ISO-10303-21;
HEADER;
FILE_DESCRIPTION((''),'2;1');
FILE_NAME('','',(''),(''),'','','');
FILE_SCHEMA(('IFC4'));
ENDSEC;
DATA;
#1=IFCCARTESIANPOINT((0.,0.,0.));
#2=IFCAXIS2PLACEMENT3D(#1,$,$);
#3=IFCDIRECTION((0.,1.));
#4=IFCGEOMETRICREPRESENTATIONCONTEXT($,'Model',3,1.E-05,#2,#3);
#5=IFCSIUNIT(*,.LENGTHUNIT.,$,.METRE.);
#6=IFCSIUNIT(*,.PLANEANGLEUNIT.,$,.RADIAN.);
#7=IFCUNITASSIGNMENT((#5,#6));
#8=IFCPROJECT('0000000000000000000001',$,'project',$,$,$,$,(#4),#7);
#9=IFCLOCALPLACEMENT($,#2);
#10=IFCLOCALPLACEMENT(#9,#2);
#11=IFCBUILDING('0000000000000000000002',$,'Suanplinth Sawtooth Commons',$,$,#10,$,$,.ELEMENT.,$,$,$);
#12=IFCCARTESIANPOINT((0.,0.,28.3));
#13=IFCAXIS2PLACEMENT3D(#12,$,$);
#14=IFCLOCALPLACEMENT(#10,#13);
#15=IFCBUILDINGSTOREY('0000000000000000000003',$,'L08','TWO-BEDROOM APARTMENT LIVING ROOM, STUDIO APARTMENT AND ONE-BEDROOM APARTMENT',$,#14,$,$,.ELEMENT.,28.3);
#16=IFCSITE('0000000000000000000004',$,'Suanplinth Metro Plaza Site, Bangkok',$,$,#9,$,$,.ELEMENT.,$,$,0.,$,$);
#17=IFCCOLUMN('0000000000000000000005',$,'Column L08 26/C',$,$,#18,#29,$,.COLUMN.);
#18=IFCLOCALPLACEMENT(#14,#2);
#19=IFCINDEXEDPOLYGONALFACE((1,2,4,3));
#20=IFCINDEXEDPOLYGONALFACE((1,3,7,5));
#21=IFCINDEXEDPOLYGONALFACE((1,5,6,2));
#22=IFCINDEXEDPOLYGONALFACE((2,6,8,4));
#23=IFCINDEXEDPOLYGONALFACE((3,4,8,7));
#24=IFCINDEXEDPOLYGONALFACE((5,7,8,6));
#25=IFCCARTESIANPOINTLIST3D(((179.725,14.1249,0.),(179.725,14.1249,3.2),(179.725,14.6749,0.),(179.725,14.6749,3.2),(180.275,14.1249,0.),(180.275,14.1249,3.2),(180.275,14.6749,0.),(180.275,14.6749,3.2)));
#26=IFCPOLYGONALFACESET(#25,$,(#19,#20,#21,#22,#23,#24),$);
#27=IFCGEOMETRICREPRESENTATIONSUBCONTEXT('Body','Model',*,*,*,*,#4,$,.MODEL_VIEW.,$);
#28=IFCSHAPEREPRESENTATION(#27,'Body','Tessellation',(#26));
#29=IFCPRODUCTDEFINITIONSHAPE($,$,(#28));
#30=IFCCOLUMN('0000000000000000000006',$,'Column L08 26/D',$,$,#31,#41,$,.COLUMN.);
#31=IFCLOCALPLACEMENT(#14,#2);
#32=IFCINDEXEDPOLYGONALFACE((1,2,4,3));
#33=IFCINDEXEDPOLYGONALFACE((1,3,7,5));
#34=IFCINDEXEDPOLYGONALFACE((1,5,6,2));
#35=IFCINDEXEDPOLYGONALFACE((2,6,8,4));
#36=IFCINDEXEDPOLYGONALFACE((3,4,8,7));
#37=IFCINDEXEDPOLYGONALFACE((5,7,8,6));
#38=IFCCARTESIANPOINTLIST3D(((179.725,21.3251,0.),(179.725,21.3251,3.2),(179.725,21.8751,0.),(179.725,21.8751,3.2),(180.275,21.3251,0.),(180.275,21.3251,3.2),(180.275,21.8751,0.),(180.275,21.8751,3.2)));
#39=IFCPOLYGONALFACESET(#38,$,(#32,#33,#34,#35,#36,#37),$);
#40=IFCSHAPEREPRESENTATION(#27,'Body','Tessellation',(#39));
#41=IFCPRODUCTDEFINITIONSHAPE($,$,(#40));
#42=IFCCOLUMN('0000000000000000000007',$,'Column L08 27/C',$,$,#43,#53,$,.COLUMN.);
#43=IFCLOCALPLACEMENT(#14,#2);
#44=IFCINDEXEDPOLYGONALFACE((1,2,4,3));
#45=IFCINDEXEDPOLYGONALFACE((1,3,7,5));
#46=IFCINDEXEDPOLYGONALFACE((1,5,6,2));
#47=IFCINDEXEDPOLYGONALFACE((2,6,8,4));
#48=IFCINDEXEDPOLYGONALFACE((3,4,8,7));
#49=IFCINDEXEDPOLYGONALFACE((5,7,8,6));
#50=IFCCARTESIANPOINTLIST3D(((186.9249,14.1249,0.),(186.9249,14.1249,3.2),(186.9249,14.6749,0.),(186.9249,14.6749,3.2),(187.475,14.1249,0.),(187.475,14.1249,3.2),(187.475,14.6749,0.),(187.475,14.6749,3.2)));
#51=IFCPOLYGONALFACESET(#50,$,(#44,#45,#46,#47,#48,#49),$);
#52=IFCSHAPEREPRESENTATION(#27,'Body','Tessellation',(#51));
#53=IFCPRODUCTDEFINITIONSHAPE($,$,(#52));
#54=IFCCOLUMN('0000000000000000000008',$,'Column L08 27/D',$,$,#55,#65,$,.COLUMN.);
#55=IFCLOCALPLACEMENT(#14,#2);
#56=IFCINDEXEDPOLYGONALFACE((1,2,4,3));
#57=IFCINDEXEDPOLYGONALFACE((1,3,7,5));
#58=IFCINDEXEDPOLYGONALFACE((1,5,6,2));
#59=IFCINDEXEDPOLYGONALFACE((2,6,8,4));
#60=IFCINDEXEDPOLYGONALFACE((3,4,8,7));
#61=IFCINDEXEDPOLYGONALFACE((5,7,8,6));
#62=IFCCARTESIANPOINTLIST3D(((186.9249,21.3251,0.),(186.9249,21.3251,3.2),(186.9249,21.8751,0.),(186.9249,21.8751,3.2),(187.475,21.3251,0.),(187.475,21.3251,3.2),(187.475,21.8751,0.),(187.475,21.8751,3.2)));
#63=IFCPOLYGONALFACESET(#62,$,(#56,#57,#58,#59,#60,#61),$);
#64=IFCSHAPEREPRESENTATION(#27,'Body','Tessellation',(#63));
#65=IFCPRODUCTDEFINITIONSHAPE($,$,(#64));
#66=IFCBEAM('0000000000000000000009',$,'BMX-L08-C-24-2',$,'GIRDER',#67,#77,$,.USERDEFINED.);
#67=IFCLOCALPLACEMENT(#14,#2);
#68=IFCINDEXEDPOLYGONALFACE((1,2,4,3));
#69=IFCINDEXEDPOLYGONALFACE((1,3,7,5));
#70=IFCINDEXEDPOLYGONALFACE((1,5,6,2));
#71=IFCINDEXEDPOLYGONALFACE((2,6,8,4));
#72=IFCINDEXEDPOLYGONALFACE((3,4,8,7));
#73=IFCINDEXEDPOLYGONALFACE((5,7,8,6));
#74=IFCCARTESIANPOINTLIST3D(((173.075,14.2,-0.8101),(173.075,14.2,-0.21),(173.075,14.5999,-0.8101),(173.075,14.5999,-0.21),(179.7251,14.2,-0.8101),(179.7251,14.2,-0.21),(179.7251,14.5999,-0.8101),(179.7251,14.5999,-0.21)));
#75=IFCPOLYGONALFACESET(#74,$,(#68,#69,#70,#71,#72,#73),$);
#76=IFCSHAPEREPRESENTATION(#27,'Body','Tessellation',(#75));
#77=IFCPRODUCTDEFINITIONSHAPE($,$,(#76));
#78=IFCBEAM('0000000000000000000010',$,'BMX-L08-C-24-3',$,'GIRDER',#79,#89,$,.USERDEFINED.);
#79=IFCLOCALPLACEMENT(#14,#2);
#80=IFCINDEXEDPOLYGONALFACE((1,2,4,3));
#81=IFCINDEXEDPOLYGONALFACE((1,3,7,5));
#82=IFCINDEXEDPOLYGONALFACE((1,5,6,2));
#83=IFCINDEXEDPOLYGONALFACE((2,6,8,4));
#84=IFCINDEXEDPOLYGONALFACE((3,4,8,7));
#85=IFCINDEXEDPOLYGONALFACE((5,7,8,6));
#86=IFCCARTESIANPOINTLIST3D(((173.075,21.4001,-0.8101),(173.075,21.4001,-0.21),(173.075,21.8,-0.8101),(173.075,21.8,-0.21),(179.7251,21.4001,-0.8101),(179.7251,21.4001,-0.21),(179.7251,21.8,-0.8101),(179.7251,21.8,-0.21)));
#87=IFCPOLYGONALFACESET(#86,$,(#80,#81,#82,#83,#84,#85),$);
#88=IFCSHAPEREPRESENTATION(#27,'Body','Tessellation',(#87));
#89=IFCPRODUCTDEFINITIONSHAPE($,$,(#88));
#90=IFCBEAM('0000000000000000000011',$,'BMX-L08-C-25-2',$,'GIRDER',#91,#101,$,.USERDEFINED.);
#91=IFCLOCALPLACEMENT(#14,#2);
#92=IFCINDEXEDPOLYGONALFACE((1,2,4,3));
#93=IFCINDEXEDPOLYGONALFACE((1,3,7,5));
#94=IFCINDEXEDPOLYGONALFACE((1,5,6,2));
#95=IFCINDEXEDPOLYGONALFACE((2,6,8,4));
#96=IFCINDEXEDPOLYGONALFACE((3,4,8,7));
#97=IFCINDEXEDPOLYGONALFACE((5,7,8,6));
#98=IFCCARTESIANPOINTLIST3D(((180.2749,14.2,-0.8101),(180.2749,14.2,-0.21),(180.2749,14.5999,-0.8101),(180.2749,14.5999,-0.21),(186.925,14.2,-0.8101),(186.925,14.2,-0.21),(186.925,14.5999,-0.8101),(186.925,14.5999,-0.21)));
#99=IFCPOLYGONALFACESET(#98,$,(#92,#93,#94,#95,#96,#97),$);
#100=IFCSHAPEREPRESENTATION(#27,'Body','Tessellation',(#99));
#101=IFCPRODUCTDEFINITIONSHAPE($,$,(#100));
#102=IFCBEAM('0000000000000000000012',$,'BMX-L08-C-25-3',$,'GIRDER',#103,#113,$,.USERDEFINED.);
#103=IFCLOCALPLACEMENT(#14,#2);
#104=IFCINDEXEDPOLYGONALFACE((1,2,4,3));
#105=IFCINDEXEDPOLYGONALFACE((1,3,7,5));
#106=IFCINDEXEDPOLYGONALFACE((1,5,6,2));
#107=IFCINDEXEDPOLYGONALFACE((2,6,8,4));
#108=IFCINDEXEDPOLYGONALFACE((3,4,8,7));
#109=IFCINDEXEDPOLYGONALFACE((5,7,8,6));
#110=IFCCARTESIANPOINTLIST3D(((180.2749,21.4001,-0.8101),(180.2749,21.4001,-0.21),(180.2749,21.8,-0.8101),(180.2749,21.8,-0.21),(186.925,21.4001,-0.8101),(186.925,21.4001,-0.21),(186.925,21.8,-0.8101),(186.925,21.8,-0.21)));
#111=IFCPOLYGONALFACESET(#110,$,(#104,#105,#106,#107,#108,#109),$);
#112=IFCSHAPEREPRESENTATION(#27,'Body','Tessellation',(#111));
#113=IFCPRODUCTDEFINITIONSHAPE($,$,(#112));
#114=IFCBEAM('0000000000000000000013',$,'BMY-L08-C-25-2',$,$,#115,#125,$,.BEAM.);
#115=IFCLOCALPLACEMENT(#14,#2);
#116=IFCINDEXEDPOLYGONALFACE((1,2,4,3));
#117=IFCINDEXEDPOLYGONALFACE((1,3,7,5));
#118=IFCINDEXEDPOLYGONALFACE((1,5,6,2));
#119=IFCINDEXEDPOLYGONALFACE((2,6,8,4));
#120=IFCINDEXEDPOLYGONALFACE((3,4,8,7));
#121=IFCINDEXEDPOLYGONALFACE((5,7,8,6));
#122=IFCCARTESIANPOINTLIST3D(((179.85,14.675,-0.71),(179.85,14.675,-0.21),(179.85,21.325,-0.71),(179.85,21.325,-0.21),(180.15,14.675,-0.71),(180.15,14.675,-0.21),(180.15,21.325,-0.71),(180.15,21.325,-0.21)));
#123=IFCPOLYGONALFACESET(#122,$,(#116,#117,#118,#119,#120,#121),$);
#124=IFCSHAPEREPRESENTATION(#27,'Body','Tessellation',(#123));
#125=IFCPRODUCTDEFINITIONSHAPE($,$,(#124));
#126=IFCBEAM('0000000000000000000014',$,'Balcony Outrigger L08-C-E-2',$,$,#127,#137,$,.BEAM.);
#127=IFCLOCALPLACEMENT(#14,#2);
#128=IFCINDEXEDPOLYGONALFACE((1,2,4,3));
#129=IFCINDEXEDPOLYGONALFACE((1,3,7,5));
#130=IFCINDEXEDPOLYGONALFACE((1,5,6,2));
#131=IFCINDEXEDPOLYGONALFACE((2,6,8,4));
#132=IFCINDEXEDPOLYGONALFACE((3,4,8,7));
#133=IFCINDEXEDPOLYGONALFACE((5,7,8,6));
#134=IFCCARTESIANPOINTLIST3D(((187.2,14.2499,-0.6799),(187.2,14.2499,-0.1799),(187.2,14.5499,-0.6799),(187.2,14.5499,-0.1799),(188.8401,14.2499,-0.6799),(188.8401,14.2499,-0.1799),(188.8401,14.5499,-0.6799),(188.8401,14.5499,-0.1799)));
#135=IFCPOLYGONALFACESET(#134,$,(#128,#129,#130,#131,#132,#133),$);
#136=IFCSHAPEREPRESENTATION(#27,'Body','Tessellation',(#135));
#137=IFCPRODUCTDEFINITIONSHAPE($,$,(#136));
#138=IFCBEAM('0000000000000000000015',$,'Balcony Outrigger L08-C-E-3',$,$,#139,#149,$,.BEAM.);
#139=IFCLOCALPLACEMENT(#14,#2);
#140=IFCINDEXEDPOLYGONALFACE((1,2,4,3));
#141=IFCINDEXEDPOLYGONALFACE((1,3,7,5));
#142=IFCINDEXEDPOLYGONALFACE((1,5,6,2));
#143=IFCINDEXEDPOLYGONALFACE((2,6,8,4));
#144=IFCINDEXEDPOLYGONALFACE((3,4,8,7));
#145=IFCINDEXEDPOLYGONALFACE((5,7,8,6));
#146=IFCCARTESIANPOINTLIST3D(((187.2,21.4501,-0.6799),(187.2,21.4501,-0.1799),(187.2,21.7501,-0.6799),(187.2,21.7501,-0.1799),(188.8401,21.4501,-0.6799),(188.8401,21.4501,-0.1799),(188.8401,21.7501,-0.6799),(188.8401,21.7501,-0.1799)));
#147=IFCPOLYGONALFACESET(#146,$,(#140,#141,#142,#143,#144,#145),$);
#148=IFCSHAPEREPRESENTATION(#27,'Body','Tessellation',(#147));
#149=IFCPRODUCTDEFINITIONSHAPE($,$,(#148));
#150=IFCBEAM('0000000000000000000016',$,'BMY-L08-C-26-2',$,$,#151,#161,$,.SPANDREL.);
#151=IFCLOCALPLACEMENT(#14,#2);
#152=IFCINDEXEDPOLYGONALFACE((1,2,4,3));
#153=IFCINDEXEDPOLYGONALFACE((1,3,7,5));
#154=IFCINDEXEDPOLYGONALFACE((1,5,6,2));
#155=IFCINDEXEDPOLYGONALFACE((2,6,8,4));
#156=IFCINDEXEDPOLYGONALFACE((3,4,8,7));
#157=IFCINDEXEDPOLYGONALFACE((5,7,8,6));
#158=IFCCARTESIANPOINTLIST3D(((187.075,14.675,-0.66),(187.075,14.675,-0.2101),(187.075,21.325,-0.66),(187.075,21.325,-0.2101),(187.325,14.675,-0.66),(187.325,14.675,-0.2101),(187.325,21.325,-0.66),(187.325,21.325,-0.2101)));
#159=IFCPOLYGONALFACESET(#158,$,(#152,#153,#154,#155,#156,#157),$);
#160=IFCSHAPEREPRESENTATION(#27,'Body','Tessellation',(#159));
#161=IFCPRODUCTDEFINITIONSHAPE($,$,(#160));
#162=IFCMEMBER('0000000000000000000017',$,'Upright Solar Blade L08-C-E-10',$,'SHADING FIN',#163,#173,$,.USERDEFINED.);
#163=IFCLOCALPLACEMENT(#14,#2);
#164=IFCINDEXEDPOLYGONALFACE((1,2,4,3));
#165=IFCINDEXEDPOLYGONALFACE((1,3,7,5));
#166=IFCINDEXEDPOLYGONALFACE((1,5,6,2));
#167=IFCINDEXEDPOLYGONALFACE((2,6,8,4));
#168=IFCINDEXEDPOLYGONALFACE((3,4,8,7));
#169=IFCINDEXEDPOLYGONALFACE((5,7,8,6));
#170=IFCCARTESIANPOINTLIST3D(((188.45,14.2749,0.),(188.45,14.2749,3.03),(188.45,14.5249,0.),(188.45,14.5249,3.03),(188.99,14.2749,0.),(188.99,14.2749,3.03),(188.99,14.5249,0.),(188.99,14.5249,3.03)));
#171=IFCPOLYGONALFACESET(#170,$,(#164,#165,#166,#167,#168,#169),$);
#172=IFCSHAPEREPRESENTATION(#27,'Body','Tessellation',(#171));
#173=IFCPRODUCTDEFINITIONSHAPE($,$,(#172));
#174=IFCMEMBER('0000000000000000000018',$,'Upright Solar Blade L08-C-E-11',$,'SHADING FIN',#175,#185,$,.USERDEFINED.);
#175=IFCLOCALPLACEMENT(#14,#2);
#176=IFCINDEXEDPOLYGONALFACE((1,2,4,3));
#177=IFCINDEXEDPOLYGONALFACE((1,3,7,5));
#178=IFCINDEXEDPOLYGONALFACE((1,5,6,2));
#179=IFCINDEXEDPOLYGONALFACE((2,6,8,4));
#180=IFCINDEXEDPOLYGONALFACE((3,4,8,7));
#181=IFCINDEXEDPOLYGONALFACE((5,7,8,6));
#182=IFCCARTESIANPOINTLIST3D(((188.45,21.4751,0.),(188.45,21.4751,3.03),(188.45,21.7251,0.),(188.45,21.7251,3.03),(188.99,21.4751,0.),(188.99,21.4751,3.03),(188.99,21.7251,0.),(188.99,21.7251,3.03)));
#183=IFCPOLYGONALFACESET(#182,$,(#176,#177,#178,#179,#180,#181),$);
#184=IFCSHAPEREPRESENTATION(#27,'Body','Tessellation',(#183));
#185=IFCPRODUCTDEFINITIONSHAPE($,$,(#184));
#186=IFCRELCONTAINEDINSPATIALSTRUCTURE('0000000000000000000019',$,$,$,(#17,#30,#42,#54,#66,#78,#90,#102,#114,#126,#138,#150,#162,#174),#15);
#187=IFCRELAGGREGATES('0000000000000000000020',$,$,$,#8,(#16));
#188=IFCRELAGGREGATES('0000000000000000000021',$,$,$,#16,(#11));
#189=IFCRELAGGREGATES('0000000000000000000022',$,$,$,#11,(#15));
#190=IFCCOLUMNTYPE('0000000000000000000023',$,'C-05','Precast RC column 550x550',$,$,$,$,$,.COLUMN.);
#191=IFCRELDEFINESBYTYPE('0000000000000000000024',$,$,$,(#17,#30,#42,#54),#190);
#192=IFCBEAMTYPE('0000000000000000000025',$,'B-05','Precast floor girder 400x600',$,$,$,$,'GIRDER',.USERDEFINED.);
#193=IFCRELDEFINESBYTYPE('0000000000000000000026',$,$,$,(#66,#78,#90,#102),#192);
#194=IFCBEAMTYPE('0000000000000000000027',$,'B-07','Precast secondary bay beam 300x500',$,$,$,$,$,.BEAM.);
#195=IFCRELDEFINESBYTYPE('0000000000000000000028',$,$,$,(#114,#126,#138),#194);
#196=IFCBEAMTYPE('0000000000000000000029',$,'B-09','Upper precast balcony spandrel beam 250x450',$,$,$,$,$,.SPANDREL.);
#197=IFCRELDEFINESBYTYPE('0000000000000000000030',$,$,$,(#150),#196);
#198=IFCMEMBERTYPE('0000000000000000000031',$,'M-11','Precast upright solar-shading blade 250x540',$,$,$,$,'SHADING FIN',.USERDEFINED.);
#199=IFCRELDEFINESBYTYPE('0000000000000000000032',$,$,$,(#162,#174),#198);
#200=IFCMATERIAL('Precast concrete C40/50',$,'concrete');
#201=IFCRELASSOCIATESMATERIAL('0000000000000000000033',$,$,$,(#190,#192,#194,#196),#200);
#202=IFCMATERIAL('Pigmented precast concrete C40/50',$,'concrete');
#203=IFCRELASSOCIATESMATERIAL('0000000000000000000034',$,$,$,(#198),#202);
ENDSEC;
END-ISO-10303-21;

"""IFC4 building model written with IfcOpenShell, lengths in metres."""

from ifc_helpers import new_model, si_unit, direction, frame, origin, origin_2d, place, context, subcontext, project, spatial, rectangle, extrude, material, material_profile, profile_set, type_object, element, save


model = new_model("IFC4")

# Units and contexts
model_context = context("Model", 3, precision=1e-05, world=origin(), true_north=direction((0.0, 1.0)))
body_context = subcontext(model_context, "Body", "Model", "MODEL_VIEW")
ifc_project = project(units=[si_unit("LENGTHUNIT", "METRE"), si_unit("PLANEANGLEUNIT", "RADIAN")], contexts=[model_context])

# Site, building, storey
site_placement = place(None, origin())
site = spatial("IfcSite", under=ifc_project, at=site_placement, Name="Suanplinth Metro Plaza Site, Bangkok", CompositionType="ELEMENT", RefElevation=0.0)
building_placement = place(site_placement, origin())
building = spatial("IfcBuilding", under=site, at=building_placement, Name="Suanplinth Sawtooth Commons", CompositionType="ELEMENT")
storey_placement = place(building_placement, frame((0.0, 0.0, 28.3)))
storey = spatial("IfcBuildingStorey", under=building, at=storey_placement, Name="L08", Description="TWO-BEDROOM APARTMENT LIVING ROOM, STUDIO APARTMENT AND ONE-BEDROOM APARTMENT", CompositionType="ELEMENT", Elevation=28.3)

# Columns
ifc_material_1 = material(Name="Precast concrete C40/50", Category="concrete")
ifc_material_profile_1 = material_profile(ifc_material_1, rectangle(XDim=0.55, YDim=0.55, at=origin_2d()), Name="PC-COL 550x550")
ifc_profile_set_1 = profile_set([ifc_material_profile_1], Name="Precast concrete C40/50")
column_type = type_object("IfcColumnType", Name="C-05", Description="Precast RC column 550x550", PredefinedType="COLUMN", material=ifc_profile_set_1)
for number, where, z_axis, x_axis, name in (
    (1, (180.0, 14.3999, 0.0), (0.0, 0.0, 1.0), (1.0, 0.0, 0.0), "Column L08 26/C"),
    (2, (180.0, 21.6001, 0.0), (0.0, 0.0, 1.0), (1.0, 0.0, 0.0), "Column L08 26/D"),
    (3, (187.2, 14.3999, 0.0), (0.0, 0.0, 1.0), (1.0, 0.0, 0.0), "Column L08 27/C"),
    (4, (187.2, 21.6001, 0.0), (0.0, 0.0, 1.0), (1.0, 0.0, 0.0), "Column L08 27/D"),
):
    element("IfcColumn", number, at=place(storey_placement, frame(where, z_axis=z_axis, x_axis=x_axis)), inside=storey, type_object=column_type, Name=name, PredefinedType="COLUMN", context=body_context, shape_type="SweptSolid", body=[
        extrude(rectangle(XDim=0.55, YDim=0.55, at=origin_2d()), origin(), (0.0, 0.0, 1.0), 3.2),
    ])

# Beams
ifc_material_profile_2 = material_profile(ifc_material_1, rectangle(XDim=0.3999, YDim=0.6001, at=origin_2d()), Name="PC-GDR 400x600")
ifc_profile_set_2 = profile_set([ifc_material_profile_2], Name="Precast concrete C40/50")
beam_type_1 = type_object("IfcBeamType", Name="B-05", Description="Precast floor girder 400x600", ElementType="GIRDER", PredefinedType="USERDEFINED", material=ifc_profile_set_2)
for number, where, z_axis, x_axis, name in (
    (5, (173.075, 14.3999, -0.51), (1.0, 0.0, 0.0), (0.0, 1.0, 0.0), "BMX-L08-C-24-2"),
    (6, (173.075, 21.6001, -0.51), (1.0, 0.0, 0.0), (0.0, 1.0, 0.0), "BMX-L08-C-24-3"),
    (7, (180.2749, 14.3999, -0.51), (1.0, 0.0, 0.0), (0.0, 1.0, 0.0), "BMX-L08-C-25-2"),
    (8, (180.2749, 21.6001, -0.51), (1.0, 0.0, 0.0), (0.0, 1.0, 0.0), "BMX-L08-C-25-3"),
):
    element("IfcBeam", number, at=place(storey_placement, frame(where, z_axis=z_axis, x_axis=x_axis)), inside=storey, type_object=beam_type_1, Name=name, ObjectType="GIRDER", PredefinedType="USERDEFINED", context=body_context, shape_type="SweptSolid", body=[
        extrude(rectangle(XDim=0.3999, YDim=0.6001, at=origin_2d()), origin(), (0.0, 0.0, 1.0), 6.6501),
    ])
ifc_material_profile_3 = material_profile(ifc_material_1, rectangle(XDim=0.3, YDim=0.5, at=origin_2d()), Name="PC-BM 300x500")
ifc_profile_set_3 = profile_set([ifc_material_profile_3], Name="Precast concrete C40/50")
beam_type_2 = type_object("IfcBeamType", Name="B-07", Description="Precast secondary bay beam 300x500", PredefinedType="BEAM", material=ifc_profile_set_3)
beam_1_placement = place(storey_placement, frame((180.0, 14.675, -0.46), z_axis=(0.0, 1.0, 0.0), x_axis=(-1.0, 0.0, 0.0)))
element("IfcBeam", 9, at=beam_1_placement, inside=storey, type_object=beam_type_2, Name="BMY-L08-C-25-2", PredefinedType="BEAM", context=body_context, shape_type="SweptSolid", body=[
    extrude(rectangle(XDim=0.3, YDim=0.5, at=origin_2d()), origin(), (0.0, 0.0, 1.0), 6.6499),
])
for number, where, z_axis, x_axis, name in (
    (10, (187.2, 14.3999, -0.4299), (1.0, 0.0, 0.0), (0.0, 1.0, 0.0), "Balcony Outrigger L08-C-E-2"),
    (11, (187.2, 21.6001, -0.4299), (1.0, 0.0, 0.0), (0.0, 1.0, 0.0), "Balcony Outrigger L08-C-E-3"),
):
    element("IfcBeam", number, at=place(storey_placement, frame(where, z_axis=z_axis, x_axis=x_axis)), inside=storey, type_object=beam_type_2, Name=name, PredefinedType="BEAM", context=body_context, shape_type="SweptSolid", body=[
        extrude(rectangle(XDim=0.3, YDim=0.5, at=origin_2d()), origin(), (0.0, 0.0, 1.0), 1.6401),
    ])
ifc_material_profile_4 = material_profile(ifc_material_1, rectangle(XDim=0.25, YDim=0.45, at=origin_2d()), Name="PC-SP 250x450")
ifc_profile_set_4 = profile_set([ifc_material_profile_4], Name="Precast concrete C40/50")
beam_type_3 = type_object("IfcBeamType", Name="B-09", Description="Upper precast balcony spandrel beam 250x450", PredefinedType="SPANDREL", material=ifc_profile_set_4)
beam_2_placement = place(storey_placement, frame((187.2, 14.675, -0.4351), z_axis=(0.0, 1.0, 0.0), x_axis=(-1.0, 0.0, 0.0)))
element("IfcBeam", 12, at=beam_2_placement, inside=storey, type_object=beam_type_3, Name="BMY-L08-C-26-2", PredefinedType="SPANDREL", context=body_context, shape_type="SweptSolid", body=[
    extrude(rectangle(XDim=0.25, YDim=0.45, at=origin_2d()), origin(), (0.0, 0.0, 1.0), 6.6499),
])

# Members
ifc_material_2 = material(Name="Pigmented precast concrete C40/50", Category="concrete")
ifc_material_profile_5 = material_profile(ifc_material_2, rectangle(XDim=0.25, YDim=0.54, at=origin_2d()), Name="PC-FIN 250x540")
ifc_profile_set_5 = profile_set([ifc_material_profile_5], Name="Pigmented precast concrete C40/50")
member_type = type_object("IfcMemberType", Name="M-11", Description="Precast upright solar-shading blade 250x540", ElementType="SHADING FIN", PredefinedType="USERDEFINED", material=ifc_profile_set_5)
for number, where, z_axis, x_axis, name in (
    (13, (188.72, 14.3999, 0.0), (0.0, 0.0, 1.0), (0.0, 1.0, 0.0), "Upright Solar Blade L08-C-E-10"),
    (14, (188.72, 21.6001, 0.0), (0.0, 0.0, 1.0), (0.0, 1.0, 0.0), "Upright Solar Blade L08-C-E-11"),
):
    element("IfcMember", number, at=place(storey_placement, frame(where, z_axis=z_axis, x_axis=x_axis)), inside=storey, type_object=member_type, Name=name, ObjectType="SHADING FIN", PredefinedType="USERDEFINED", context=body_context, shape_type="SweptSolid", body=[
        extrude(rectangle(XDim=0.25, YDim=0.54, at=origin_2d()), origin(), (0.0, 0.0, 1.0), 3.03),
    ])

save(model, "model.ifc")
